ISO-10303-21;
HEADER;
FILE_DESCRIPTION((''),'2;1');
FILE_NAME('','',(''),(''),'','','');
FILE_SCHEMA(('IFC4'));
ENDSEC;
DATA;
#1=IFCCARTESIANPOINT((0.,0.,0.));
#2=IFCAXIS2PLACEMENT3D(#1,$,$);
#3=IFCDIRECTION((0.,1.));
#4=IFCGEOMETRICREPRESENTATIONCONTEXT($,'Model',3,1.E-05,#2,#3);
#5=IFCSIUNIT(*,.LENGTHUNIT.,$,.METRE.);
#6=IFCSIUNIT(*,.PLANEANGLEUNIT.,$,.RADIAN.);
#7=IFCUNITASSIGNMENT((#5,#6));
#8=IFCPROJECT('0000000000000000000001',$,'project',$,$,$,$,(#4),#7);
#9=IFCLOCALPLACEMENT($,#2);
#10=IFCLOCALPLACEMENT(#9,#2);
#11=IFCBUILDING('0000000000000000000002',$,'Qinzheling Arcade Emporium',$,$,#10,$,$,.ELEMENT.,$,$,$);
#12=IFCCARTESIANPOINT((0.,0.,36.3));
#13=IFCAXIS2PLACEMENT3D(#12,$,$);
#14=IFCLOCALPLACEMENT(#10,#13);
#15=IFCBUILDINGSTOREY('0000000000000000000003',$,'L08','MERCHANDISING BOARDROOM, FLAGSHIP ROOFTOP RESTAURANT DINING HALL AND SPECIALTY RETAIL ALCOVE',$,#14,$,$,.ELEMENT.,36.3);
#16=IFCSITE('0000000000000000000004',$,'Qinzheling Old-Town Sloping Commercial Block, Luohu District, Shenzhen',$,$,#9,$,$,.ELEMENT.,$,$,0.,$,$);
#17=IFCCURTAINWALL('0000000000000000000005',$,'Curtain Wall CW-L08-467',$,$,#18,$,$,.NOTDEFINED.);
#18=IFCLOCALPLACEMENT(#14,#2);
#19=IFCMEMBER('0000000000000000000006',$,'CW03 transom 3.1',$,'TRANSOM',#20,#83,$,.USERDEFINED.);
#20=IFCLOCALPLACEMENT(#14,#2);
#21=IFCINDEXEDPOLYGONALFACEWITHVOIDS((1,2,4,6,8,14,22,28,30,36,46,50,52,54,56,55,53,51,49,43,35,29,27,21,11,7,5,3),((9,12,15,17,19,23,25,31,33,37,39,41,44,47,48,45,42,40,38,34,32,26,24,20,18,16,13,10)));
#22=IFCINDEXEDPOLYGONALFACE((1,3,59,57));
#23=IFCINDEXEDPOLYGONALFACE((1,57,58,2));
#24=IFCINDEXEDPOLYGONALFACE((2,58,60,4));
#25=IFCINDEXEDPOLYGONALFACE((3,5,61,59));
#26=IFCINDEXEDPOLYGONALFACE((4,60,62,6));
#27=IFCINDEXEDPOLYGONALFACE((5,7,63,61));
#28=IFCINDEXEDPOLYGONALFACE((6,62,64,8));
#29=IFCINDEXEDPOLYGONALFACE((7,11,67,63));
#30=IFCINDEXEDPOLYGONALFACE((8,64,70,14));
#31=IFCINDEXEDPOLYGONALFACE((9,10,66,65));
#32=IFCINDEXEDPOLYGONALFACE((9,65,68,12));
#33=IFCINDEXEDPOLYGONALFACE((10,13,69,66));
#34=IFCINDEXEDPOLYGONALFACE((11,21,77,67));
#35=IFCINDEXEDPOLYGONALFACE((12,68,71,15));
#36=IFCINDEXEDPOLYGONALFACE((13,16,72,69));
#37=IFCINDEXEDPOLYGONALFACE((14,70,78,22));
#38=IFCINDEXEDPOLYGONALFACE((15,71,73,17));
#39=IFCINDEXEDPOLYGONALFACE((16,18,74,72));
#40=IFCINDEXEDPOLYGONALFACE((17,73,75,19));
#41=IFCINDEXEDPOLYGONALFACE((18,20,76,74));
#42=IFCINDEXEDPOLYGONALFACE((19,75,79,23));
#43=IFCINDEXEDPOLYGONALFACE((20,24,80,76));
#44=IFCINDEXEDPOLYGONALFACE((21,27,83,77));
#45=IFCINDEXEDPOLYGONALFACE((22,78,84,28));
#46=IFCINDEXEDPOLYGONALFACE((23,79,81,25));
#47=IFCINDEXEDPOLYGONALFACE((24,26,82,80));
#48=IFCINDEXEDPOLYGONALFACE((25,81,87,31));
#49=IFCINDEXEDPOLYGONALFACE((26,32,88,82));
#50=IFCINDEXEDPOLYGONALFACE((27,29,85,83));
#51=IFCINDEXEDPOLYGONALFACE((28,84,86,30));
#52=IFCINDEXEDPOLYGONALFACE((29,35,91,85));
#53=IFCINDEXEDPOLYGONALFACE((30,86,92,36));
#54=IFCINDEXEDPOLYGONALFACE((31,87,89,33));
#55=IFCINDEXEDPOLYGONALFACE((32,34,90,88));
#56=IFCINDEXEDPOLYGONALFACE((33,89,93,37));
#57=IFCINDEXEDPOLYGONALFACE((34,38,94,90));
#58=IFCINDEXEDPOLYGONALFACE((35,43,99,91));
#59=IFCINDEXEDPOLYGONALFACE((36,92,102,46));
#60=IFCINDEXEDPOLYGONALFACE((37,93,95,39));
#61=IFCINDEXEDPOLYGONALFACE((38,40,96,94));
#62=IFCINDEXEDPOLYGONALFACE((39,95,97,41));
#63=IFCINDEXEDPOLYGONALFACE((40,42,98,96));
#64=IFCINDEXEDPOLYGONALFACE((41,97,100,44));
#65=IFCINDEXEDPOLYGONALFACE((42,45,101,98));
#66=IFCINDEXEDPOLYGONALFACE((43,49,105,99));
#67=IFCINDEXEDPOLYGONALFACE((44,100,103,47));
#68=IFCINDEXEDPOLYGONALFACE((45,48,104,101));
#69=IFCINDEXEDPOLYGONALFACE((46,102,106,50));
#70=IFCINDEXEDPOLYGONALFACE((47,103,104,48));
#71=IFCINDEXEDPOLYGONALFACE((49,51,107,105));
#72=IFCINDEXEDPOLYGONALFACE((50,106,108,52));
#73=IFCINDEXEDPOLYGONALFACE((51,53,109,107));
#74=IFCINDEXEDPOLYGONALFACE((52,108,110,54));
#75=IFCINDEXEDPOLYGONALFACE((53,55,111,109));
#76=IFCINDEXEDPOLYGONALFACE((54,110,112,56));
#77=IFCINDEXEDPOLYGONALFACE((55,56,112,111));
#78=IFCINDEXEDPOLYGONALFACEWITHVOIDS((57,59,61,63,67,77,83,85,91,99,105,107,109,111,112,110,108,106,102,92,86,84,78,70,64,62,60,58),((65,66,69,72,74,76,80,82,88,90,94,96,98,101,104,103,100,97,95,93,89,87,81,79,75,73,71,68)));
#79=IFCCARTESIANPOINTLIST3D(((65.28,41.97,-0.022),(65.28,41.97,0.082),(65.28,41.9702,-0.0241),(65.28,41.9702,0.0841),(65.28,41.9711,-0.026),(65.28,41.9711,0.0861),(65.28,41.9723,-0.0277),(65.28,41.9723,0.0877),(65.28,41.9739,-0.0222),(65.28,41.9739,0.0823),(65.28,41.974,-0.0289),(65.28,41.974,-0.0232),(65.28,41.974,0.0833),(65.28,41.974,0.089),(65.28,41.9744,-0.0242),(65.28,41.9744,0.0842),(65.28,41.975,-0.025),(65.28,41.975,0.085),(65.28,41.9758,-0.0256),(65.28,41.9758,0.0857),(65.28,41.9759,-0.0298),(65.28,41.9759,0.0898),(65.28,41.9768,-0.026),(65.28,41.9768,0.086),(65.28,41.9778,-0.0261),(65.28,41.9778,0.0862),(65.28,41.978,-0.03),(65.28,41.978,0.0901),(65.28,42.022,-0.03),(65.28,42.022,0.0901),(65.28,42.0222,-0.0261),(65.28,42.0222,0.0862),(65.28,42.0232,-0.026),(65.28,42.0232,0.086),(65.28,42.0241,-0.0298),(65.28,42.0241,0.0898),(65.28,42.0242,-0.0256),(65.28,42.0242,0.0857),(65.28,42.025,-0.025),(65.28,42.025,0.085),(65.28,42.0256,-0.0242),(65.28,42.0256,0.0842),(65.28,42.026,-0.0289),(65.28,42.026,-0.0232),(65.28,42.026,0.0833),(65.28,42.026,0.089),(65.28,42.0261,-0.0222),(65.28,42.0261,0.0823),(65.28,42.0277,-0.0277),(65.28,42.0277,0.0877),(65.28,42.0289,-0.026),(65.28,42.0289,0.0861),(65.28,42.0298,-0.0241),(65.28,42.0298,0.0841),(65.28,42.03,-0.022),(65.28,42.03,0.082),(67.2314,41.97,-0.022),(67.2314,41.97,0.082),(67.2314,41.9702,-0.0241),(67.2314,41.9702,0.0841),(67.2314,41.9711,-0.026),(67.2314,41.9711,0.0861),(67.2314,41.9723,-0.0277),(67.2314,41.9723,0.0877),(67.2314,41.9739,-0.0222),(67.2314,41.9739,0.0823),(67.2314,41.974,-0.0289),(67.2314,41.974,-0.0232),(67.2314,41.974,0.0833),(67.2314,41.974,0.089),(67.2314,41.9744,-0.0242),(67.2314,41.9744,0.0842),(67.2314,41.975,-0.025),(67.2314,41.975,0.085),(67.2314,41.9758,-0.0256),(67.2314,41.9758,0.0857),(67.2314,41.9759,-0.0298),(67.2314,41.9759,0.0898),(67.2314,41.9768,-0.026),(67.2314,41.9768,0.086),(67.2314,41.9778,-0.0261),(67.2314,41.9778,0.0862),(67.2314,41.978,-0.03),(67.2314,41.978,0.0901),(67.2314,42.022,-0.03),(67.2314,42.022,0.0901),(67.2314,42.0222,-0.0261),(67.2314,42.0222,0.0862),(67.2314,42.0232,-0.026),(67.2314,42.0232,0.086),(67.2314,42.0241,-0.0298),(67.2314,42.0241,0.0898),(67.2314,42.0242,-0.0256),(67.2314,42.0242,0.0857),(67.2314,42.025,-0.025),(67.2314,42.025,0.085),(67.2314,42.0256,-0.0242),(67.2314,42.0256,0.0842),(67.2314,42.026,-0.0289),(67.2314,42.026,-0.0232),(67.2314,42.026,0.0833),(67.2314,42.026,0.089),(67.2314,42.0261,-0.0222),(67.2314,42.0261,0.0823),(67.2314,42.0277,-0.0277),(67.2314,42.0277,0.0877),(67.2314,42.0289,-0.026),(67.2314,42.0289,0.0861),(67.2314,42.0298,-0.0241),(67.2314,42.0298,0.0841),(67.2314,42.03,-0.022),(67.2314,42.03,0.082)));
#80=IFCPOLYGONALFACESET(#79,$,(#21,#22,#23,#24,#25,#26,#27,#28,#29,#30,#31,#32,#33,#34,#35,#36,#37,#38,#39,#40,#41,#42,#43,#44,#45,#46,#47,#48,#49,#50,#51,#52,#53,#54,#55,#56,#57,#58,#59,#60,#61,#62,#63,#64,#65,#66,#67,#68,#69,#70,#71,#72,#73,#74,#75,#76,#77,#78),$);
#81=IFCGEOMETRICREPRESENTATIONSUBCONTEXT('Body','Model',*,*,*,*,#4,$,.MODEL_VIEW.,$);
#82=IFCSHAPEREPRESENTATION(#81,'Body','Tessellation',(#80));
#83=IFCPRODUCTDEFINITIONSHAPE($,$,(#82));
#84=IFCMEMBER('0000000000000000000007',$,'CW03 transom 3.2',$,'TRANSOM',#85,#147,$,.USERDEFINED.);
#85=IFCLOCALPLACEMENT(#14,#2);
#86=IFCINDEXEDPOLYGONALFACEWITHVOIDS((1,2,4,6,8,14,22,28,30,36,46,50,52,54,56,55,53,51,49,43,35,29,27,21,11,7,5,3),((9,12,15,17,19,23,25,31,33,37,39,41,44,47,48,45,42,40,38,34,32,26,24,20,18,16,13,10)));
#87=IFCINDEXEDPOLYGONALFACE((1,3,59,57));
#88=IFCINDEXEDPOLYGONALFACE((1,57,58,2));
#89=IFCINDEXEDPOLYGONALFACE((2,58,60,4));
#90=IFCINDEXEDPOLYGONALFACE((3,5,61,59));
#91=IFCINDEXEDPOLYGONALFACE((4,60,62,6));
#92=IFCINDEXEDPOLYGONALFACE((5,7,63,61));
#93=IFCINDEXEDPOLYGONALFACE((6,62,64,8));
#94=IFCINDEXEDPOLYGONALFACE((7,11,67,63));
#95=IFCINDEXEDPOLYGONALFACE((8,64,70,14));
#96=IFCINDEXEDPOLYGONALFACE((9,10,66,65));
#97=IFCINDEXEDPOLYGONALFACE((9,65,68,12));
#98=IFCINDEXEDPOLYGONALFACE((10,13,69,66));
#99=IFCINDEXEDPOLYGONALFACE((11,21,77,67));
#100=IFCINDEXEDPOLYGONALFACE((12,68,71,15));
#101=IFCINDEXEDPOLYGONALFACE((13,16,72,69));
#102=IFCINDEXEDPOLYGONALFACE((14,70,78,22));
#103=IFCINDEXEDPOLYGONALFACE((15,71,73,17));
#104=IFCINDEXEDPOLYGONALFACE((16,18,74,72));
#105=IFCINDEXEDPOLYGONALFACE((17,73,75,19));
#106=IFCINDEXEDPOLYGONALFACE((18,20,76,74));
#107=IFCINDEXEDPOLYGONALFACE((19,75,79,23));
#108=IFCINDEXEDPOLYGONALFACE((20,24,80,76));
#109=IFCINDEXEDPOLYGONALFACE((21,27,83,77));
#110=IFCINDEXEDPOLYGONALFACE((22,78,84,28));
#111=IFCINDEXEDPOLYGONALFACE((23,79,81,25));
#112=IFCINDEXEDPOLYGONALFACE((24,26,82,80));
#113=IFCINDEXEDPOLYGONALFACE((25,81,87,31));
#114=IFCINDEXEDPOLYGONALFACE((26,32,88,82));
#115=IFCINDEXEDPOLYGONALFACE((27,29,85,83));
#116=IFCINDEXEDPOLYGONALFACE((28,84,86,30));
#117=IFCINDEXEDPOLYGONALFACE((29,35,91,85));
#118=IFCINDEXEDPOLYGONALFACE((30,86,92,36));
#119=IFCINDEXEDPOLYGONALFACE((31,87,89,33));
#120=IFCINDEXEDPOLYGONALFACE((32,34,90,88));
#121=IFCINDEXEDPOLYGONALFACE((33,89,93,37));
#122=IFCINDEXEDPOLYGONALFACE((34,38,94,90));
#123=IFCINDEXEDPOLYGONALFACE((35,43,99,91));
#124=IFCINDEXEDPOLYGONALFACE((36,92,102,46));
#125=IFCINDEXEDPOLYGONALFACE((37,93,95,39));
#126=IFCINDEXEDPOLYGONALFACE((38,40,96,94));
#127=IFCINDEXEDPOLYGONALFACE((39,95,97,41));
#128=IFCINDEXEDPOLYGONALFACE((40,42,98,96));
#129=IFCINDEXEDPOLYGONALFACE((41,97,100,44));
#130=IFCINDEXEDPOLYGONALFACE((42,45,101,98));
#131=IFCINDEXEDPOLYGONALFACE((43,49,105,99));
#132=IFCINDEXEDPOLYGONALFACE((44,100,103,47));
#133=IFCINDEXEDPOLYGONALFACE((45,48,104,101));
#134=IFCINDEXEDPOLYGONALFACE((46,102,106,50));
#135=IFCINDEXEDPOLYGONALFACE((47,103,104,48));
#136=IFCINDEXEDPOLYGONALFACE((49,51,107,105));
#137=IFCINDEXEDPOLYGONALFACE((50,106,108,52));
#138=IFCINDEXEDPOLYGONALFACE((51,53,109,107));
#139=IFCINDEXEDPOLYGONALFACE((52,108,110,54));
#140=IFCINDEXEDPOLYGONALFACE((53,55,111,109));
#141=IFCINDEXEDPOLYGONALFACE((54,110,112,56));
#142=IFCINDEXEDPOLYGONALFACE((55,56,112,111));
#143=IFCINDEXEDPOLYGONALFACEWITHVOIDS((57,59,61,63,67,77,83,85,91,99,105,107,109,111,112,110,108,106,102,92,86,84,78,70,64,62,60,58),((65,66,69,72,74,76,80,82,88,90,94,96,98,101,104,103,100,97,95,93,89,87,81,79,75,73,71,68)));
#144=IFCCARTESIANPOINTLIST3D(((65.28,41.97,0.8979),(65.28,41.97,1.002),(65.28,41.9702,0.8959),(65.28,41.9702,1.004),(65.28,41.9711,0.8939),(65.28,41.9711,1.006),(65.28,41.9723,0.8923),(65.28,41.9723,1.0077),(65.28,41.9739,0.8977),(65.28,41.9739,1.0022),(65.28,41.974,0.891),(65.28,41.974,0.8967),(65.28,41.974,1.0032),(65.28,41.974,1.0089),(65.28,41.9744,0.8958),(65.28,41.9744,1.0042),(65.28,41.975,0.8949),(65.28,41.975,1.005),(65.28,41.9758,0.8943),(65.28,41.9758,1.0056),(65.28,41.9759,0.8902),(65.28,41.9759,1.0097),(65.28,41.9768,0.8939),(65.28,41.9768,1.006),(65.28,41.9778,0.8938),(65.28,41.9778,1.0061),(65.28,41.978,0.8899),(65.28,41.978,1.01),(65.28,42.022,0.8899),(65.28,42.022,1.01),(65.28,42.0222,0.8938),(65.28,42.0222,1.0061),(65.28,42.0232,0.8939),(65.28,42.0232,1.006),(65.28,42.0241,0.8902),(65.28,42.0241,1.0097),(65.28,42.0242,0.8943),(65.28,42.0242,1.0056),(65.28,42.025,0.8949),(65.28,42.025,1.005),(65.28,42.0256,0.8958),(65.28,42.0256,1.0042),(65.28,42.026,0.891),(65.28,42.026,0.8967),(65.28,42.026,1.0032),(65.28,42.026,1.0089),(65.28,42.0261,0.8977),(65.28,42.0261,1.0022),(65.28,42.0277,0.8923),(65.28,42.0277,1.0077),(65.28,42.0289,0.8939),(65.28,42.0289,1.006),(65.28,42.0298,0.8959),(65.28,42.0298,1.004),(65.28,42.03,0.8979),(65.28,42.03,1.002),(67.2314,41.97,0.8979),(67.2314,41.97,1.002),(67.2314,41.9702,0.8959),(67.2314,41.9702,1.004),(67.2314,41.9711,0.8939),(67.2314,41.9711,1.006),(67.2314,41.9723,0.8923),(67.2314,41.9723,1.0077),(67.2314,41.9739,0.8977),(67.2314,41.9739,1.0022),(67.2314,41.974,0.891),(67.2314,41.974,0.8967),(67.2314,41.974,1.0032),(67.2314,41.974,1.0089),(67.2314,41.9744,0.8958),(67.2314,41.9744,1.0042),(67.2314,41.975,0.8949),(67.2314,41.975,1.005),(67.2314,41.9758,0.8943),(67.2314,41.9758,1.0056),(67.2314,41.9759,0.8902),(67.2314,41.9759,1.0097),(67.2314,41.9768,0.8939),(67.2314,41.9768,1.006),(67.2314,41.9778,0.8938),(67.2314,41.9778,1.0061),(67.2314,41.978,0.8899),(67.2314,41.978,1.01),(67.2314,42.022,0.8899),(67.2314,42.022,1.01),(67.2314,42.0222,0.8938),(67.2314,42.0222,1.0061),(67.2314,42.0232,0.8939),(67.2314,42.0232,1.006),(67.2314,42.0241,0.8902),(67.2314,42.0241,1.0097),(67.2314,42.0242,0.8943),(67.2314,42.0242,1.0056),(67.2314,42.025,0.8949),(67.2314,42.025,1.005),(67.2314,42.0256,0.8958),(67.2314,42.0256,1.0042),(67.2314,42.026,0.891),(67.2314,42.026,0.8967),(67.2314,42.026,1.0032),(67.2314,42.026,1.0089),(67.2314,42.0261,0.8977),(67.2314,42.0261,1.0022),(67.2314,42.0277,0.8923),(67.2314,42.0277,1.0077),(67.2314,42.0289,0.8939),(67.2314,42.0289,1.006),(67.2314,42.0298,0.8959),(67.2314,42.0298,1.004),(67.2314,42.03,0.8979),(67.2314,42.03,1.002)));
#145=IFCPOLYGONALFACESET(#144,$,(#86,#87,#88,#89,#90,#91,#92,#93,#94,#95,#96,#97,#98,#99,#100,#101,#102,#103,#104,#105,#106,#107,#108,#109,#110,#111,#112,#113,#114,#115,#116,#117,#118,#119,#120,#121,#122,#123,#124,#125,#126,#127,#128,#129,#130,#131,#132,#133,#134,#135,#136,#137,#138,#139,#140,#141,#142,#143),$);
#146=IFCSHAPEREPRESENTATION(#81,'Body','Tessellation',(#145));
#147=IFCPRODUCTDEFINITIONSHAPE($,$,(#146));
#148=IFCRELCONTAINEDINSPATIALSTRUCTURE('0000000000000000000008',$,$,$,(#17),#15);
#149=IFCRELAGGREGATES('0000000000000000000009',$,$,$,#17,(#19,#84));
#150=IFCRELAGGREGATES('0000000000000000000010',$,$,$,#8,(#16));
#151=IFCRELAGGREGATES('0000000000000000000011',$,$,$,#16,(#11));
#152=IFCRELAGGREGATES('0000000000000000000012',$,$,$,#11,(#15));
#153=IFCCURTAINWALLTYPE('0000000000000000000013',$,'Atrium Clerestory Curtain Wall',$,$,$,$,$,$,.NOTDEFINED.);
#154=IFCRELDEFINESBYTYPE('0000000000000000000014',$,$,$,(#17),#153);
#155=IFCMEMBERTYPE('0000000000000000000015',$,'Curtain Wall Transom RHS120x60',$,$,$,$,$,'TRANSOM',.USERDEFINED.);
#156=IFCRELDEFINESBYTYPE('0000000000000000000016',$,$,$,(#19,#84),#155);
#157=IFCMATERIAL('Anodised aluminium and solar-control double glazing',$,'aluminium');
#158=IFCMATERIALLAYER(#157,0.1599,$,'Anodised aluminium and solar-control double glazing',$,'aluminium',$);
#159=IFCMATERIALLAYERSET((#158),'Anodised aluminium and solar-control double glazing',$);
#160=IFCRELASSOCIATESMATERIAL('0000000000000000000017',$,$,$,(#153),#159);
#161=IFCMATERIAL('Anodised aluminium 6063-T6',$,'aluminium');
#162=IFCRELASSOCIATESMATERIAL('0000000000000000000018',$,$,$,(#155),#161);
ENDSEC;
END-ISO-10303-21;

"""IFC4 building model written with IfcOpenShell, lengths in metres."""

from ifc_helpers import new_model, si_unit, direction, frame, origin, origin_2d, place, context, subcontext, project, spatial, hollow_rectangle, extrude, material, layer, layer_set, material_profile, profile_set, type_object, element, aggregate, save


model = new_model("IFC4")

# Units and contexts
model_context = context("Model", 3, precision=1e-05, world=origin(), true_north=direction((0.0, 1.0)))
body_context = subcontext(model_context, "Body", "Model", "MODEL_VIEW")
ifc_project = project(units=[si_unit("LENGTHUNIT", "METRE"), si_unit("PLANEANGLEUNIT", "RADIAN")], contexts=[model_context])

# Site, building, storey
site_placement = place(None, origin())
site = spatial("IfcSite", under=ifc_project, at=site_placement, Name="Qinzheling Old-Town Sloping Commercial Block, Luohu District, Shenzhen", CompositionType="ELEMENT", RefElevation=0.0)
building_placement = place(site_placement, origin())
building = spatial("IfcBuilding", under=site, at=building_placement, Name="Qinzheling Arcade Emporium", CompositionType="ELEMENT")
storey_placement = place(building_placement, frame((0.0, 0.0, 36.3)))
storey = spatial("IfcBuildingStorey", under=building, at=storey_placement, Name="L08", Description="MERCHANDISING BOARDROOM, FLAGSHIP ROOFTOP RESTAURANT DINING HALL AND SPECIALTY RETAIL ALCOVE", CompositionType="ELEMENT", Elevation=36.3)

# Curtain wall, members
ifc_material_1 = material(Name="Anodised aluminium and solar-control double glazing", Category="aluminium")
ifc_layer_1 = layer(ifc_material_1, 0.1599, Name="Anodised aluminium and solar-control double glazing", Category="aluminium")
ifc_layer_set_1 = layer_set([ifc_layer_1], Name="Anodised aluminium and solar-control double glazing")
curtain_wall_type = type_object("IfcCurtainWallType", Name="Atrium Clerestory Curtain Wall", PredefinedType="NOTDEFINED", material=ifc_layer_set_1)
curtain_wall_placement = place(storey_placement, origin())
curtain_wall = element("IfcCurtainWall", 1, at=curtain_wall_placement, inside=storey, type_object=curtain_wall_type, Name="Curtain Wall CW-L08-467", PredefinedType="NOTDEFINED")
ifc_material_2 = material(Name="Anodised aluminium 6063-T6", Category="aluminium")
ifc_material_profile_1 = material_profile(ifc_material_2, hollow_rectangle(XDim=0.0601, YDim=0.1201, WallThickness=0.0039, InnerFilletRadius=0.0039, OuterFilletRadius=0.0081, at=origin_2d()), Name="RHS 120x60x4", Category="aluminium")
ifc_profile_set_1 = profile_set([ifc_material_profile_1], Name="Anodised aluminium 6063-T6")
member_type_1 = type_object("IfcMemberType", Name="Curtain Wall Transom RHS120x60", ElementType="TRANSOM", PredefinedType="USERDEFINED", material=ifc_profile_set_1)
member_1_placement = place(storey_placement, frame((65.28, 42.0, 0.03), z_axis=(1.0, 0.0, 0.0), x_axis=(0.0, 1.0, 0.0)))
member_1 = element("IfcMember", 2, at=member_1_placement, type_object=member_type_1, Name="CW03 transom 3.1", ObjectType="TRANSOM", PredefinedType="USERDEFINED", context=body_context, shape_type="SweptSolid", body=[
    extrude(hollow_rectangle(XDim=0.0601, YDim=0.1201, WallThickness=0.0039, InnerFilletRadius=0.0039, OuterFilletRadius=0.0081, at=origin_2d()), origin(), (0.0, 0.0, 1.0), 1.9514),
])
member_2_placement = place(storey_placement, frame((65.28, 42.0, 0.95), z_axis=(1.0, 0.0, 0.0), x_axis=(0.0, 1.0, 0.0)))
member_2 = element("IfcMember", 3, at=member_2_placement, type_object=member_type_1, Name="CW03 transom 3.2", ObjectType="TRANSOM", PredefinedType="USERDEFINED", context=body_context, shape_type="SweptSolid", body=[
    extrude(hollow_rectangle(XDim=0.0601, YDim=0.1201, WallThickness=0.0039, InnerFilletRadius=0.0039, OuterFilletRadius=0.0081, at=origin_2d()), origin(), (0.0, 0.0, 1.0), 1.9514),
])
aggregate(curtain_wall, [member_1, member_2])

save(model, "model.ifc")
